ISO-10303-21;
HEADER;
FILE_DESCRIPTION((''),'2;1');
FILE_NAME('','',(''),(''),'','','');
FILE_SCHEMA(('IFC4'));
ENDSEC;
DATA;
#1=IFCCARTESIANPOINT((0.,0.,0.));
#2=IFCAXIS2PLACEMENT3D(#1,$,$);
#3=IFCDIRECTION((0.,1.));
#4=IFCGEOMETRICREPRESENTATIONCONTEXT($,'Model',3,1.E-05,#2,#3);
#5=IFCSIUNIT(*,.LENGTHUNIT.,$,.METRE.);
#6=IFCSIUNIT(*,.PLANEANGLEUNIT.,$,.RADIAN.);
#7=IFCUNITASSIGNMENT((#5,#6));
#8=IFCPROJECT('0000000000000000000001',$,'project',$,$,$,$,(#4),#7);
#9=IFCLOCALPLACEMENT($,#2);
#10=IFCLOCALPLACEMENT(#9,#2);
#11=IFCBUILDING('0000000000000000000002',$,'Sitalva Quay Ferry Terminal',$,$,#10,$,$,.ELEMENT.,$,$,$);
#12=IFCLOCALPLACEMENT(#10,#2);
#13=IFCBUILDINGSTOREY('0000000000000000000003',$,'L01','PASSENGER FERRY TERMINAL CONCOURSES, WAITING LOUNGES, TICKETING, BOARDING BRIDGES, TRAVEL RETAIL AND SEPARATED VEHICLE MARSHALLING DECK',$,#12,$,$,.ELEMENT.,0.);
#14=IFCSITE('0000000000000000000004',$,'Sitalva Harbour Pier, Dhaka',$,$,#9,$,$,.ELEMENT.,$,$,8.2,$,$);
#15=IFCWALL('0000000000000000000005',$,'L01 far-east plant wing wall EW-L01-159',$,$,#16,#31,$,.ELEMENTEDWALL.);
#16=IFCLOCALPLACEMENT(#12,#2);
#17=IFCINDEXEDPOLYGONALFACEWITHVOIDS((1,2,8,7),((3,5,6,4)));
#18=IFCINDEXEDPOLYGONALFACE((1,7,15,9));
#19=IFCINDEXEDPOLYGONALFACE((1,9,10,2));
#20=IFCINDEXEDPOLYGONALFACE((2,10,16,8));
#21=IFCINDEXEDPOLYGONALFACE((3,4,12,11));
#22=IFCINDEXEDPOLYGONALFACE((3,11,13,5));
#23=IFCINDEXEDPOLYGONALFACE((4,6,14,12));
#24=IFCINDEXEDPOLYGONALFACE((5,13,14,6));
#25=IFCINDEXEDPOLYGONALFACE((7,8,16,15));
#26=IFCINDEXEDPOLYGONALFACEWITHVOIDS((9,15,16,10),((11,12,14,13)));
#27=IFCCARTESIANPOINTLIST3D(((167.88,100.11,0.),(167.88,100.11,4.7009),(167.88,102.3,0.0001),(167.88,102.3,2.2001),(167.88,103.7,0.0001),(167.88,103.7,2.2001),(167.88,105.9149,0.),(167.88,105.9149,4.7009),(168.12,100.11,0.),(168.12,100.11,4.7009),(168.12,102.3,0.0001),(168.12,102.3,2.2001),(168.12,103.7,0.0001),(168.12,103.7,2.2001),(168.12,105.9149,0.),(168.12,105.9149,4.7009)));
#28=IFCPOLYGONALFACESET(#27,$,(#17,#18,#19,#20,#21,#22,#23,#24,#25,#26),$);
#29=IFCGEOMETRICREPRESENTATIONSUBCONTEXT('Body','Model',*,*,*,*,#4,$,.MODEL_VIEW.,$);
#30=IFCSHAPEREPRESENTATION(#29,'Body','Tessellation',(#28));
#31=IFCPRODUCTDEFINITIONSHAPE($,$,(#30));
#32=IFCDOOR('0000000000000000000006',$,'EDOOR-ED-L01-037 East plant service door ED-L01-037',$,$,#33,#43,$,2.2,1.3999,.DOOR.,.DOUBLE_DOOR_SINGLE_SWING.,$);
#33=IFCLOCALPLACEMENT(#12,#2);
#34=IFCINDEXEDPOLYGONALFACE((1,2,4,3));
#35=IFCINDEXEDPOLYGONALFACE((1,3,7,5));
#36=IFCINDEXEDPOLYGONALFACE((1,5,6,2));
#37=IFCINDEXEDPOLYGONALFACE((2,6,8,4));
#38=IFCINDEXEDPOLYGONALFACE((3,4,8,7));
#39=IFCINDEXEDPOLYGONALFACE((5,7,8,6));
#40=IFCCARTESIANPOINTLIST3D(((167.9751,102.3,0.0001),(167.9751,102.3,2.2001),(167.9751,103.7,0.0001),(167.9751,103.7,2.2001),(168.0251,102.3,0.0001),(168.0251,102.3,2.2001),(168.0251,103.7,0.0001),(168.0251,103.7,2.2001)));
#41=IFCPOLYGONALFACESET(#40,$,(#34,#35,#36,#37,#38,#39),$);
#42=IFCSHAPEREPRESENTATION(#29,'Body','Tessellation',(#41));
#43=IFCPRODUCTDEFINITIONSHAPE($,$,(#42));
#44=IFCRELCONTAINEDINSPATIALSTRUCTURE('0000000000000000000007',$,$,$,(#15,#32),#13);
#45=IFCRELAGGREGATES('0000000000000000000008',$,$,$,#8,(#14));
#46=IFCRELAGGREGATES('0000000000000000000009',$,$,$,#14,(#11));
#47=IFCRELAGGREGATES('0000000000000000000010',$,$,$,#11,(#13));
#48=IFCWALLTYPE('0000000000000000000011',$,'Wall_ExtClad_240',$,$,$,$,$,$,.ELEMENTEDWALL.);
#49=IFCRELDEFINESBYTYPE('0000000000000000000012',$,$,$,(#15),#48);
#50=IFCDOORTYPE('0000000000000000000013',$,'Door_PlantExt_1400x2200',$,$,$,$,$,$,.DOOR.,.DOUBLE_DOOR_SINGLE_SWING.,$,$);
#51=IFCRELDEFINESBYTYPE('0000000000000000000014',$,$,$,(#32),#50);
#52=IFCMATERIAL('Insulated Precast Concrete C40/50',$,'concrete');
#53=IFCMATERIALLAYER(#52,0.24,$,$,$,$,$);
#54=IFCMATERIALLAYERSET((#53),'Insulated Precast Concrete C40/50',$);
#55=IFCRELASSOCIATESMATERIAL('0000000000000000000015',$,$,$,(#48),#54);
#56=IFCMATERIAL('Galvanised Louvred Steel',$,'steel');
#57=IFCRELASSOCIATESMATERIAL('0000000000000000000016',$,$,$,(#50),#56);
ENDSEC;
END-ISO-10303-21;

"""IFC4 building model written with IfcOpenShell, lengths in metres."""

from ifc_helpers import new_model, si_unit, direction, frame, frame_2d, origin, place, context, subcontext, project, spatial, rectangle, extrude, material, layer, layer_set, type_object, element, fill, save


model = new_model("IFC4")

# Units and contexts
model_context = context("Model", 3, precision=1e-05, world=origin(), true_north=direction((0.0, 1.0)))
body_context = subcontext(model_context, "Body", "Model", "MODEL_VIEW")
ifc_project = project(units=[si_unit("LENGTHUNIT", "METRE"), si_unit("PLANEANGLEUNIT", "RADIAN")], contexts=[model_context])

# Site, building, storey
site_placement = place(None, origin())
site = spatial("IfcSite", under=ifc_project, at=site_placement, Name="Sitalva Harbour Pier, Dhaka", CompositionType="ELEMENT", RefElevation=8.2)
building_placement = place(site_placement, origin())
building = spatial("IfcBuilding", under=site, at=building_placement, Name="Sitalva Quay Ferry Terminal", CompositionType="ELEMENT")
storey_placement = place(building_placement, origin())
storey = spatial("IfcBuildingStorey", under=building, at=storey_placement, Name="L01", Description="PASSENGER FERRY TERMINAL CONCOURSES, WAITING LOUNGES, TICKETING, BOARDING BRIDGES, TRAVEL RETAIL AND SEPARATED VEHICLE MARSHALLING DECK", CompositionType="ELEMENT", Elevation=0.0)

# Shared definitions
ifc_material_1 = material(Name="Insulated Precast Concrete C40/50", Category="concrete")
ifc_layer = layer(ifc_material_1, 0.24)
ifc_layer_set = layer_set([ifc_layer], Name="Insulated Precast Concrete C40/50")
wall_type = type_object("IfcWallType", Name="Wall_ExtClad_240", PredefinedType="ELEMENTEDWALL", material=ifc_layer_set)
ifc_material_2 = material(Name="Galvanised Louvred Steel", Category="steel")
door_type = type_object("IfcDoorType", Name="Door_PlantExt_1400x2200", OperationType="DOUBLE_DOOR_SINGLE_SWING", PredefinedType="DOOR", material=ifc_material_2)

# Wall, opening, door
wall_1_placement = place(storey_placement, frame((168.0, 100.1101, 0.0), z_axis=(0.0, 0.0, 1.0), x_axis=(0.0, 1.0, 0.0)))
wall_1 = element("IfcWall", 1, at=wall_1_placement, inside=storey, type_object=wall_type, Name="L01 far-east plant wing wall EW-L01-159", PredefinedType="ELEMENTEDWALL", context=body_context, shape_type="SweptSolid", body=[
    extrude(rectangle(XDim=5.8049, YDim=0.24, at=frame_2d((2.9023, 0.0))), origin(), (0.0, 0.0, 1.0), 4.7009),
])
opening_1_placement = place(wall_1_placement, frame((2.1899, 0.0, 0.0)))
opening_1 = element("IfcOpeningElement", 2, at=opening_1_placement, cuts=wall_1, PredefinedType="OPENING", context=body_context, shape_type="SweptSolid", body=[
    extrude(rectangle(XDim=1.3999, YDim=2.2, at=frame_2d((0.7, 1.1001))), frame((0.0, 0.1299, 0.0), z_axis=(0.0, -1.0, 0.0), x_axis=(1.0, 0.0, 0.0)), (0.0, 0.0, 1.0), 0.26),
])
door_1_placement = place(opening_1_placement, origin())
door_1 = element("IfcDoor", 3, at=door_1_placement, inside=storey, type_object=door_type, Name="EDOOR-ED-L01-037 East plant service door ED-L01-037", OperationType="DOUBLE_DOOR_SINGLE_SWING", OverallHeight=2.2, OverallWidth=1.3999, PredefinedType="DOOR", context=body_context, shape_type="SweptSolid", body=[
    extrude(rectangle(XDim=1.3999, YDim=2.2, at=frame_2d((0.7, 1.1001))), frame((0.0, 0.0249, 0.0), z_axis=(0.0, -1.0, 0.0), x_axis=(1.0, 0.0, 0.0)), (0.0, 0.0, 1.0), 0.05),
])
fill(opening_1, door_1)

save(model, "model.ifc")
